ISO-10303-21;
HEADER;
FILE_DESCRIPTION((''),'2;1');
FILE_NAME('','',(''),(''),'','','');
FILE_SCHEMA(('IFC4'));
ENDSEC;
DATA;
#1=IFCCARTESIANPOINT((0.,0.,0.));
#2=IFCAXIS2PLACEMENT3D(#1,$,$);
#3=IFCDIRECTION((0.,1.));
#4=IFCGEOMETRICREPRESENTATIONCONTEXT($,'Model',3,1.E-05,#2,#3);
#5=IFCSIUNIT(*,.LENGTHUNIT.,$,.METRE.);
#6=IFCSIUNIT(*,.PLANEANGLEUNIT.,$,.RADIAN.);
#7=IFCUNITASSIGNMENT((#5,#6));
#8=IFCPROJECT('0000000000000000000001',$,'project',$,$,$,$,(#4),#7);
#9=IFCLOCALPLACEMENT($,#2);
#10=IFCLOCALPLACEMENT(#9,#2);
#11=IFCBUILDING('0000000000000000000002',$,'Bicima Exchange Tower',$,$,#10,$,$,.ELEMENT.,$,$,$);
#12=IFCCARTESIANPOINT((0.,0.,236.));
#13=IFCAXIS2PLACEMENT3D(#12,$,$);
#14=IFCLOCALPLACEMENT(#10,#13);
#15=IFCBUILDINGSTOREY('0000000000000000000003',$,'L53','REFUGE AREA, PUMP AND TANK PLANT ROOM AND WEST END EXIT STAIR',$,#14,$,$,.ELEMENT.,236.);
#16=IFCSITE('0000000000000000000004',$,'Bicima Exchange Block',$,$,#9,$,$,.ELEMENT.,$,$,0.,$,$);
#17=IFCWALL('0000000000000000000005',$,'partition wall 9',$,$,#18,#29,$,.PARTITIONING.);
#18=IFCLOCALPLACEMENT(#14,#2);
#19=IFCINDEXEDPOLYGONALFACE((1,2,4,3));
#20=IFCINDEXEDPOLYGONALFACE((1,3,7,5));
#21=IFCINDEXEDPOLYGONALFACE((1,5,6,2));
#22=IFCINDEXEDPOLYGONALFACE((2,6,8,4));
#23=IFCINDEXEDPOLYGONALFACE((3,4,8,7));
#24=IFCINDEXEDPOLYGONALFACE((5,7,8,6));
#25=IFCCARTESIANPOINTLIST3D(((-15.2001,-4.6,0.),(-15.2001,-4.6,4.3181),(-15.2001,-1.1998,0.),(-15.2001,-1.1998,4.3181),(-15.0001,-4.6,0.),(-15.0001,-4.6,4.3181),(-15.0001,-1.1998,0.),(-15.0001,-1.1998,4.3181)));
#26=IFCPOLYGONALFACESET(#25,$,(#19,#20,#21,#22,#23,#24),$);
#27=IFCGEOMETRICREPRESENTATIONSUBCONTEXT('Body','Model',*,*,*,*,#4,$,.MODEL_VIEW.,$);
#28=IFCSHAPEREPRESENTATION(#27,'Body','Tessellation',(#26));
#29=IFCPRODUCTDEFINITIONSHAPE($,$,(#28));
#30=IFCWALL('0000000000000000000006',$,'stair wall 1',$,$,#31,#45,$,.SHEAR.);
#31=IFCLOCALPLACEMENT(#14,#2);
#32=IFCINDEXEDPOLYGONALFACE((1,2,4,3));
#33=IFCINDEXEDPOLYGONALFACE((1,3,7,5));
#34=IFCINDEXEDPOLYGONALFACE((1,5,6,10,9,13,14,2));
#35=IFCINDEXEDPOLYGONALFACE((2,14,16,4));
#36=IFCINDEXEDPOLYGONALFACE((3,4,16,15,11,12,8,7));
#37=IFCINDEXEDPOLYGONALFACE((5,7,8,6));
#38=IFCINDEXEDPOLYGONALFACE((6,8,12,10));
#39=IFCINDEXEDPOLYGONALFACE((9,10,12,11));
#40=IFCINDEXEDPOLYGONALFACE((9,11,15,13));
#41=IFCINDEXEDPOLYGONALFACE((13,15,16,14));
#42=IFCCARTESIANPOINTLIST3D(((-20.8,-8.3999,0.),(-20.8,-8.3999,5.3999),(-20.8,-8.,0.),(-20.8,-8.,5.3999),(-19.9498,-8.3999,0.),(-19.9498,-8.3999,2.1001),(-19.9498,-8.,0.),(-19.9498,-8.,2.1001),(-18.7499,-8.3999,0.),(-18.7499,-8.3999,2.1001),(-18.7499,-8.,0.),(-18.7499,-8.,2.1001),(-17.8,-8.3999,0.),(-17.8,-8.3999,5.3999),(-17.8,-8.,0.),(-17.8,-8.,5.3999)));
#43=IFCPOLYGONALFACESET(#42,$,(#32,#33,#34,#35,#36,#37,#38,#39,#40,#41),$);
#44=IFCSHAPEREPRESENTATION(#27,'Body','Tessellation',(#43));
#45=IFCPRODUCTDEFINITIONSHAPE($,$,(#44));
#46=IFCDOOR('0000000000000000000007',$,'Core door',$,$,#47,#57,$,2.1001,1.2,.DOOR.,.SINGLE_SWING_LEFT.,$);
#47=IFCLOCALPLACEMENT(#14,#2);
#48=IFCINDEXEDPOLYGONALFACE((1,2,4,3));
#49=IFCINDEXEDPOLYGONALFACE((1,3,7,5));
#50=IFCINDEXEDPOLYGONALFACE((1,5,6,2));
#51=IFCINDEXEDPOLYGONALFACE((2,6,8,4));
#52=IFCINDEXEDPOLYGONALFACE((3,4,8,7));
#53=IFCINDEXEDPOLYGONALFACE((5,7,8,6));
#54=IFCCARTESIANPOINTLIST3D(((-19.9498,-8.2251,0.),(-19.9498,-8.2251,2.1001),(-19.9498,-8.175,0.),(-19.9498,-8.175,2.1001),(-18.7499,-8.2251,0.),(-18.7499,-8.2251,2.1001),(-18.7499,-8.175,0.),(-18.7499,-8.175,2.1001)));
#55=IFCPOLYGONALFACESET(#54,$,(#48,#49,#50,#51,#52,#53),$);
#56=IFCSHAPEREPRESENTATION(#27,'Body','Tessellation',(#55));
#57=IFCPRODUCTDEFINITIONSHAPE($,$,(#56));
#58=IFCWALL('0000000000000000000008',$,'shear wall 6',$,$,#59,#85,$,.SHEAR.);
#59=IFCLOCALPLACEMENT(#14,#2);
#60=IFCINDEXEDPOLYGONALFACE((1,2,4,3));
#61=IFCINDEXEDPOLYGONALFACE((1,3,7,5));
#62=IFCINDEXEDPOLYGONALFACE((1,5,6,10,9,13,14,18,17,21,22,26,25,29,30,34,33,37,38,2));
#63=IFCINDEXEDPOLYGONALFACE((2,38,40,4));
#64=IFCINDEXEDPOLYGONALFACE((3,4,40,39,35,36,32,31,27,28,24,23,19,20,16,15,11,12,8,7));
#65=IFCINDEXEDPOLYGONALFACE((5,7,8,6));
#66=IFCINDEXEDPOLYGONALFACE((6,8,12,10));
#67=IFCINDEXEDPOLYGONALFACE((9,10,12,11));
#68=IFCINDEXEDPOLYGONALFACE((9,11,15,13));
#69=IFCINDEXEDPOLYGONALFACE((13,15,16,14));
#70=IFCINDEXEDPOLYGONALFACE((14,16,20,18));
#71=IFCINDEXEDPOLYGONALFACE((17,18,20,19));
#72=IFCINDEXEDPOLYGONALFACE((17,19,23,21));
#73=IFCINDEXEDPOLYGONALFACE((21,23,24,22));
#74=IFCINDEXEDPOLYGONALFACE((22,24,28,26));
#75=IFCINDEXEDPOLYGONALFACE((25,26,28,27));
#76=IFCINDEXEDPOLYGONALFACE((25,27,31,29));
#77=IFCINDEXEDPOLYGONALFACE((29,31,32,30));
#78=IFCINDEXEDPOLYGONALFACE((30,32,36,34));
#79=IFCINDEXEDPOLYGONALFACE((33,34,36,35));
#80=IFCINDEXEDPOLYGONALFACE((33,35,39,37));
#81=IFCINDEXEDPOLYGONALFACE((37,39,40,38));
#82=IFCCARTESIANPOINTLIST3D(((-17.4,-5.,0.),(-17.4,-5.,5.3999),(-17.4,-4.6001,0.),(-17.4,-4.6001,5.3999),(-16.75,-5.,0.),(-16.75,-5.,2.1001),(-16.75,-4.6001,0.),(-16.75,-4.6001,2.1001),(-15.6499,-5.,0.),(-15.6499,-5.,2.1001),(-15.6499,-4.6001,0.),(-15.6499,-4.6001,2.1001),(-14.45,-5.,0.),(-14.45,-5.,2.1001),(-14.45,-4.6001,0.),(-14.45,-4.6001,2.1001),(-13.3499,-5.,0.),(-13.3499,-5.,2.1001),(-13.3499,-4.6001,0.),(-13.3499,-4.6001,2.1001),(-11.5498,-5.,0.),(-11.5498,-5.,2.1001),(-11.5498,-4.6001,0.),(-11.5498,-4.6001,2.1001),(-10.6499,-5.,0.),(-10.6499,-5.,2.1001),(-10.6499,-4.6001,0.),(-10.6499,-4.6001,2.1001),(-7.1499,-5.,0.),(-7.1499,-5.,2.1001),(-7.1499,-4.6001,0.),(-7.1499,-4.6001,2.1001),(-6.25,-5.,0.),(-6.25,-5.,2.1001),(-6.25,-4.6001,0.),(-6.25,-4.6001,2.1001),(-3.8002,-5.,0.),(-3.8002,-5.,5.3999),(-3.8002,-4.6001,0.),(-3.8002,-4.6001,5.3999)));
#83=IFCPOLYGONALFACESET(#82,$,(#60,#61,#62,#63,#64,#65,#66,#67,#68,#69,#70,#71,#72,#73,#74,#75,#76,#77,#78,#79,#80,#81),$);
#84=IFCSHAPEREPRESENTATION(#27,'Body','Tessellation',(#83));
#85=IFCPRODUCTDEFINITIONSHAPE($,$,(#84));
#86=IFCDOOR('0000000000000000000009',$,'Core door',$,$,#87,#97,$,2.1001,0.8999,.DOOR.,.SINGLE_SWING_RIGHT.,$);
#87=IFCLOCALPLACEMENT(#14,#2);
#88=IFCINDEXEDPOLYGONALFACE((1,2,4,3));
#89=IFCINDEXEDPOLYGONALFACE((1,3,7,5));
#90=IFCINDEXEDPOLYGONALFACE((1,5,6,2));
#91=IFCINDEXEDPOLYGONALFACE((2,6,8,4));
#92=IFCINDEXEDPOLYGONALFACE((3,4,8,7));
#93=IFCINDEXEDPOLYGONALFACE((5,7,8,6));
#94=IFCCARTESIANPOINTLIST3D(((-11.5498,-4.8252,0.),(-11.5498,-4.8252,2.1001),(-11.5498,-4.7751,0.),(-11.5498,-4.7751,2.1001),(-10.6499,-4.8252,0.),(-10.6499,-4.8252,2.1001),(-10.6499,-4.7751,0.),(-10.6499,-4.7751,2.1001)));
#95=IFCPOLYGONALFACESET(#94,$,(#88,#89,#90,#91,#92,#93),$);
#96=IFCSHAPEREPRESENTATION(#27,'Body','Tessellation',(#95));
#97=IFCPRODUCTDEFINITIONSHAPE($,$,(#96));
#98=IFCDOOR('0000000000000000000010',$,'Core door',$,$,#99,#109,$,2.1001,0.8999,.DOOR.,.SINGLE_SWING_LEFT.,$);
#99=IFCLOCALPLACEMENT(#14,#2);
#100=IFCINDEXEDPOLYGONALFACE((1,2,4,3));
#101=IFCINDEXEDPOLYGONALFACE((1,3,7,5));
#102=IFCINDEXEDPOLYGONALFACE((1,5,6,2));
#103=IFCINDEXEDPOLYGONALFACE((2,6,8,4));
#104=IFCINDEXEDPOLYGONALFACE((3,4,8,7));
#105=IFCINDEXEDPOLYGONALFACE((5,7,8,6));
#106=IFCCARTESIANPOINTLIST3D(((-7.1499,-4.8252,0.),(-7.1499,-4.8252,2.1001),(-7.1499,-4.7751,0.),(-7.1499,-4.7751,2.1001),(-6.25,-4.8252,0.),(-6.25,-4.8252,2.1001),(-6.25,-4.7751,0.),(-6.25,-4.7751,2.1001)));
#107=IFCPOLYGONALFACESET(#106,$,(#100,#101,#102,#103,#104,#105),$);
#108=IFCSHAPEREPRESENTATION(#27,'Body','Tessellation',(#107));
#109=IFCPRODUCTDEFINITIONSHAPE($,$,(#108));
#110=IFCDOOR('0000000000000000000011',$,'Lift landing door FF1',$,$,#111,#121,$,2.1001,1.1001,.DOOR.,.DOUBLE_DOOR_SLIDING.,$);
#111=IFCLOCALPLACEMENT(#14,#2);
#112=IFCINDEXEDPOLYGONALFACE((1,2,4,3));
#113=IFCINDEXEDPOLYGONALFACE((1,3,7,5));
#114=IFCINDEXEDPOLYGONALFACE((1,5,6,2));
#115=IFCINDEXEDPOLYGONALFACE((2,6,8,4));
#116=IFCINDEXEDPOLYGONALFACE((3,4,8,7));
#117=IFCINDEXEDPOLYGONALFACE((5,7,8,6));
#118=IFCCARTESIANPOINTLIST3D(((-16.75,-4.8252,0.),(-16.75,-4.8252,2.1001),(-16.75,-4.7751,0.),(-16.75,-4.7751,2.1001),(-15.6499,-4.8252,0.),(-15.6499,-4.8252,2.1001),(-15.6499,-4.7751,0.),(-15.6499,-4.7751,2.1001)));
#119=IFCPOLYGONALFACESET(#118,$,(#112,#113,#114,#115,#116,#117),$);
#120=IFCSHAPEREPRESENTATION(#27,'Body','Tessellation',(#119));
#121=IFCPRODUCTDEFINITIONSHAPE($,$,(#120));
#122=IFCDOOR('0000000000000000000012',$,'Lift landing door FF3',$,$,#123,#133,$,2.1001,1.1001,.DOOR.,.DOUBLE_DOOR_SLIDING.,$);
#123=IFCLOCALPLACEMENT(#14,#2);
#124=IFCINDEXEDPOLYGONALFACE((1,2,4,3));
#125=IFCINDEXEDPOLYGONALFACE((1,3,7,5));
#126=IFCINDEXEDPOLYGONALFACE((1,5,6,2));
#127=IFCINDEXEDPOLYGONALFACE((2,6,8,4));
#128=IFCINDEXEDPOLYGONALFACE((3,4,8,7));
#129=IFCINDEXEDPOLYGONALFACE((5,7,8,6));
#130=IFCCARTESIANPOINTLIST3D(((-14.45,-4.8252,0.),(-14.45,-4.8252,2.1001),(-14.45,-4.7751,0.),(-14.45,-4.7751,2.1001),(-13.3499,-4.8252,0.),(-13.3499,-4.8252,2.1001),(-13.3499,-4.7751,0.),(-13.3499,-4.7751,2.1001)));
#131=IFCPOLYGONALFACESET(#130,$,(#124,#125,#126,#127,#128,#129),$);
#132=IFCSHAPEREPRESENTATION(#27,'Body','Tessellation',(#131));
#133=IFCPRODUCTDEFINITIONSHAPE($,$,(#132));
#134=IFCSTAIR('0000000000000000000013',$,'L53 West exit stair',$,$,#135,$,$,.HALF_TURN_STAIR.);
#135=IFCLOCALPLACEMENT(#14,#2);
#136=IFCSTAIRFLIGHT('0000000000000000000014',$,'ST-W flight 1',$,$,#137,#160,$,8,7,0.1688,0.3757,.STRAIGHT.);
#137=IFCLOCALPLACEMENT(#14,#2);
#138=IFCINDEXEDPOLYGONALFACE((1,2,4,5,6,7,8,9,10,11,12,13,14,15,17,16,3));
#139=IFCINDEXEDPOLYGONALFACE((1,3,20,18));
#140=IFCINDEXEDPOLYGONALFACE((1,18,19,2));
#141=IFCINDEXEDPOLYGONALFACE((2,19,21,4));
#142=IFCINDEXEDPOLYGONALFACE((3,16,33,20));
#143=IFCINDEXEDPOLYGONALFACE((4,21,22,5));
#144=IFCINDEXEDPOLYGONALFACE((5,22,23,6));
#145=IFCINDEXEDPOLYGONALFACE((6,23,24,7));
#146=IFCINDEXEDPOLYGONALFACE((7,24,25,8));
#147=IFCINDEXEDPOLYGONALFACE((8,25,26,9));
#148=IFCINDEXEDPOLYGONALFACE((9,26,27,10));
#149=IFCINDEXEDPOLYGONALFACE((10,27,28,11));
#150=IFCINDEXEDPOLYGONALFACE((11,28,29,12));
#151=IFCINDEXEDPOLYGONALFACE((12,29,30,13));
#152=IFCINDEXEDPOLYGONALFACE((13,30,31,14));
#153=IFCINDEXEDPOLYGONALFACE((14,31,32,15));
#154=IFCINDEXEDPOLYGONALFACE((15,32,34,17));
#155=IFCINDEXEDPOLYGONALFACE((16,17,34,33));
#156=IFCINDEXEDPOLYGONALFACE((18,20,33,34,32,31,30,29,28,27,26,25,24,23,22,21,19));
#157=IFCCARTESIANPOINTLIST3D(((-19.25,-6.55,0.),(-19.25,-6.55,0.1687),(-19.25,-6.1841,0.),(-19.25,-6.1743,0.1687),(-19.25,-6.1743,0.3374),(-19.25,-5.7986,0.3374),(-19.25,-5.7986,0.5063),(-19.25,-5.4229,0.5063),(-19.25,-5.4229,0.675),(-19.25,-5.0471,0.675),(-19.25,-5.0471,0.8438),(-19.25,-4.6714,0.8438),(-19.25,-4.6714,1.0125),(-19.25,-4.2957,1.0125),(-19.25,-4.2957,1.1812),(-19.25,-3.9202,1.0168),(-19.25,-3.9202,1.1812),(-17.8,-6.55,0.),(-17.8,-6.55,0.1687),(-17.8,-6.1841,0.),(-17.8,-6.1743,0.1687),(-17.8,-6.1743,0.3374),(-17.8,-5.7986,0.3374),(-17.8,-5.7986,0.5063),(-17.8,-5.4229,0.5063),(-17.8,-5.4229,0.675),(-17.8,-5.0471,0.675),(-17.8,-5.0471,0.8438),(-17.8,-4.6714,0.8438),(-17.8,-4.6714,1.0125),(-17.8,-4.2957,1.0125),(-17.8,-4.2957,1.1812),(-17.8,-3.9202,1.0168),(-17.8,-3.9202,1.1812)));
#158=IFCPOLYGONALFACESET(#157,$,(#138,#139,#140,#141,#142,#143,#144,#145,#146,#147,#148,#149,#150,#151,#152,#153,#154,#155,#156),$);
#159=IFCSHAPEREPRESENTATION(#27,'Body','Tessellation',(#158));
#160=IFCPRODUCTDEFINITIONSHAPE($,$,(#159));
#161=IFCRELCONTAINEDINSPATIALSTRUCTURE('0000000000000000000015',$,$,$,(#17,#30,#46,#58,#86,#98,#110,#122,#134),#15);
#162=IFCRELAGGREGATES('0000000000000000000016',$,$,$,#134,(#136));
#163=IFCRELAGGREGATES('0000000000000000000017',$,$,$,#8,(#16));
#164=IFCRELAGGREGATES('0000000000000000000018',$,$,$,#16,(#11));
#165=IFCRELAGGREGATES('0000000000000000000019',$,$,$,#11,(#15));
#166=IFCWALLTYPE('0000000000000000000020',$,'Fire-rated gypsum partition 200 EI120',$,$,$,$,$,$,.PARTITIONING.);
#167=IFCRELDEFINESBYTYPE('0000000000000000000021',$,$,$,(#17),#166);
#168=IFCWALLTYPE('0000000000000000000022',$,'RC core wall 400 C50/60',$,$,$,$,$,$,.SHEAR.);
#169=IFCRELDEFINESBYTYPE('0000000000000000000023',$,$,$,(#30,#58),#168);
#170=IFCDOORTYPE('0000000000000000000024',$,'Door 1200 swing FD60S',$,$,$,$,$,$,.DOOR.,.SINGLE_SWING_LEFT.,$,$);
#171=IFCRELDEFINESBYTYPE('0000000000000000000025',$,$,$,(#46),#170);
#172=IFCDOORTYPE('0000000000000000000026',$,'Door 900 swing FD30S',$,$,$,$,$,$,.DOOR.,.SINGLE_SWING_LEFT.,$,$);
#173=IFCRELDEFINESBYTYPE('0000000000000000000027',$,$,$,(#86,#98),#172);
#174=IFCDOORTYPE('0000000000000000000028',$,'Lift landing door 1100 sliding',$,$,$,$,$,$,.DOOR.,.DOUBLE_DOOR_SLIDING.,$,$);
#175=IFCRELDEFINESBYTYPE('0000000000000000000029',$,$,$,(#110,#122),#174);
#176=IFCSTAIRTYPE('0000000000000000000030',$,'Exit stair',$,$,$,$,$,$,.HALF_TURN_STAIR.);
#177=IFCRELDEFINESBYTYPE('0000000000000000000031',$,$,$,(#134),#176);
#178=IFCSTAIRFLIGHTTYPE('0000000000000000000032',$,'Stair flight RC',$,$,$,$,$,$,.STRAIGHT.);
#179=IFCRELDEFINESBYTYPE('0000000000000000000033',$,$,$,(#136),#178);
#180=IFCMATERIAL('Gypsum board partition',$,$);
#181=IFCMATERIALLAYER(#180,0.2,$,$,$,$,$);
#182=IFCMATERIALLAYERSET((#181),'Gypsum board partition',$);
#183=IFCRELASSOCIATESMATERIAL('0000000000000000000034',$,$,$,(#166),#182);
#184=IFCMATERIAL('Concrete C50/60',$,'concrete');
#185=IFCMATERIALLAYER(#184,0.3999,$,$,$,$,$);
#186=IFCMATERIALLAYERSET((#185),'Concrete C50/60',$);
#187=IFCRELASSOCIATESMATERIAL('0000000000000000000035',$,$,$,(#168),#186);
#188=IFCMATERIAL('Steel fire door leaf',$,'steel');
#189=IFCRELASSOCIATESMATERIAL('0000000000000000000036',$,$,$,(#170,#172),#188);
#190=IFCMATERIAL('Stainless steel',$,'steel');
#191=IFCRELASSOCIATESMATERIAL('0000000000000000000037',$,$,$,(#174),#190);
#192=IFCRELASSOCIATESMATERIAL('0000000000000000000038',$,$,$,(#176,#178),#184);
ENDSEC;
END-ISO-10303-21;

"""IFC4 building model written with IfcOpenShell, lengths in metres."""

from ifc_helpers import new_model, si_unit, direction, frame, frame_2d, origin, place, context, subcontext, project, spatial, polyline, rectangle, outline, extrude, material, layer, layer_set, type_object, element, fill, aggregate, save


model = new_model("IFC4")

# Units and contexts
model_context = context("Model", 3, precision=1e-05, world=origin(), true_north=direction((0.0, 1.0)))
body_context = subcontext(model_context, "Body", "Model", "MODEL_VIEW")
ifc_project = project(units=[si_unit("LENGTHUNIT", "METRE"), si_unit("PLANEANGLEUNIT", "RADIAN")], contexts=[model_context])

# Site, building, storey
site_placement = place(None, origin())
site = spatial("IfcSite", under=ifc_project, at=site_placement, Name="Bicima Exchange Block", CompositionType="ELEMENT", RefElevation=0.0)
building_placement = place(site_placement, origin())
building = spatial("IfcBuilding", under=site, at=building_placement, Name="Bicima Exchange Tower", CompositionType="ELEMENT")
storey_placement = place(building_placement, frame((0.0, 0.0, 236.0)))
storey = spatial("IfcBuildingStorey", under=building, at=storey_placement, Name="L53", Description="REFUGE AREA, PUMP AND TANK PLANT ROOM AND WEST END EXIT STAIR", CompositionType="ELEMENT", Elevation=236.0)

# Wall
ifc_material_1 = material(Name="Gypsum board partition")
ifc_layer_1 = layer(ifc_material_1, 0.2)
ifc_layer_set_1 = layer_set([ifc_layer_1], Name="Gypsum board partition")
wall_type_1 = type_object("IfcWallType", Name="Fire-rated gypsum partition 200 EI120", PredefinedType="PARTITIONING", material=ifc_layer_set_1)
wall_1_placement = place(storey_placement, frame((-15.1001, -4.6001, 0.0), z_axis=(0.0, 0.0, 1.0), x_axis=(0.0, 1.0, 0.0)))
element("IfcWall", 1, at=wall_1_placement, inside=storey, type_object=wall_type_1, Name="partition wall 9", PredefinedType="PARTITIONING", context=body_context, shape_type="SweptSolid", body=[
    extrude(rectangle(XDim=3.4001, YDim=0.2, at=frame_2d((1.7002, 0.0))), origin(), (0.0, 0.0, 1.0), 4.3181),
])

# Wall, opening, door
ifc_material_2 = material(Name="Concrete C50/60", Category="concrete")
ifc_layer_2 = layer(ifc_material_2, 0.3999)
ifc_layer_set_2 = layer_set([ifc_layer_2], Name="Concrete C50/60")
wall_type_2 = type_object("IfcWallType", Name="RC core wall 400 C50/60", PredefinedType="SHEAR", material=ifc_layer_set_2)
wall_2_placement = place(storey_placement, frame((-20.8, -8.2, 0.0), z_axis=(0.0, 0.0, 1.0), x_axis=(1.0, 0.0, 0.0)))
wall_2 = element("IfcWall", 2, at=wall_2_placement, inside=storey, type_object=wall_type_2, Name="stair wall 1", PredefinedType="SHEAR", context=body_context, shape_type="SweptSolid", body=[
    extrude(rectangle(XDim=3.0, YDim=0.3999, at=frame_2d((1.5, 0.0))), origin(), (0.0, 0.0, 1.0), 5.3999),
])
opening_1_placement = place(wall_2_placement, frame((0.8501, 0.0, 0.0)))
opening_1 = element("IfcOpeningElement", 3, at=opening_1_placement, cuts=wall_2, PredefinedType="OPENING", context=body_context, shape_type="SweptSolid", body=[
    extrude(rectangle(XDim=1.2, YDim=2.1001, at=frame_2d((0.6001, 1.05))), frame((0.0, 0.2119, 0.0), z_axis=(0.0, -1.0, 0.0), x_axis=(1.0, 0.0, 0.0)), (0.0, 0.0, 1.0), 0.4238),
])
ifc_material_3 = material(Name="Steel fire door leaf", Category="steel")
door_type_1 = type_object("IfcDoorType", Name="Door 1200 swing FD60S", OperationType="SINGLE_SWING_LEFT", PredefinedType="DOOR", material=ifc_material_3)
door_1_placement = place(opening_1_placement, origin())
door_1 = element("IfcDoor", 4, at=door_1_placement, inside=storey, type_object=door_type_1, Name="Core door", OperationType="SINGLE_SWING_LEFT", OverallHeight=2.1001, OverallWidth=1.2, PredefinedType="DOOR", context=body_context, shape_type="SweptSolid", body=[
    extrude(rectangle(XDim=1.2, YDim=2.1001, at=frame_2d((0.6001, 1.05))), frame((0.0, 0.0249, 0.0), z_axis=(0.0, -1.0, 0.0), x_axis=(1.0, 0.0, 0.0)), (0.0, 0.0, 1.0), 0.05),
])
fill(opening_1, door_1)

# Wall, openings, doors
wall_3_placement = place(storey_placement, frame((-17.3999, -4.8, 0.0), z_axis=(0.0, 0.0, 1.0), x_axis=(1.0, 0.0, 0.0)))
wall_3 = element("IfcWall", 5, at=wall_3_placement, inside=storey, type_object=wall_type_2, Name="shear wall 6", PredefinedType="SHEAR", context=body_context, shape_type="SweptSolid", body=[
    extrude(rectangle(XDim=13.5999, YDim=0.3999, at=frame_2d((6.7998, 0.0))), origin(), (0.0, 0.0, 1.0), 5.3999),
])
opening_2_placement = place(wall_3_placement, frame((0.6499, 0.0, 0.0)))
opening_2 = element("IfcOpeningElement", 6, at=opening_2_placement, cuts=wall_3, PredefinedType="OPENING", context=body_context, shape_type="SweptSolid", body=[
    extrude(rectangle(XDim=1.1001, YDim=2.1001, at=frame_2d((0.55, 1.05))), frame((0.0, 0.2119, 0.0), z_axis=(0.0, -1.0, 0.0), x_axis=(1.0, 0.0, 0.0)), (0.0, 0.0, 1.0), 0.4238),
])
opening_3_placement = place(wall_3_placement, frame((2.95, 0.0, 0.0)))
opening_3 = element("IfcOpeningElement", 7, at=opening_3_placement, cuts=wall_3, PredefinedType="OPENING", context=body_context, shape_type="SweptSolid", body=[
    extrude(rectangle(XDim=1.1001, YDim=2.1001, at=frame_2d((0.55, 1.05))), frame((0.0, 0.2119, 0.0), z_axis=(0.0, -1.0, 0.0), x_axis=(1.0, 0.0, 0.0)), (0.0, 0.0, 1.0), 0.4238),
])
opening_4_placement = place(wall_3_placement, frame((5.8501, 0.0, 0.0)))
opening_4 = element("IfcOpeningElement", 8, at=opening_4_placement, cuts=wall_3, PredefinedType="OPENING", context=body_context, shape_type="SweptSolid", body=[
    extrude(rectangle(XDim=0.8999, YDim=2.1001, at=frame_2d((0.45, 1.05))), frame((0.0, 0.2119, 0.0), z_axis=(0.0, -1.0, 0.0), x_axis=(1.0, 0.0, 0.0)), (0.0, 0.0, 1.0), 0.4238),
])
opening_5_placement = place(wall_3_placement, frame((10.25, 0.0, 0.0)))
opening_5 = element("IfcOpeningElement", 9, at=opening_5_placement, cuts=wall_3, PredefinedType="OPENING", context=body_context, shape_type="SweptSolid", body=[
    extrude(rectangle(XDim=0.8999, YDim=2.1001, at=frame_2d((0.45, 1.05))), frame((0.0, 0.2119, 0.0), z_axis=(0.0, -1.0, 0.0), x_axis=(1.0, 0.0, 0.0)), (0.0, 0.0, 1.0), 0.4238),
])
door_type_2 = type_object("IfcDoorType", Name="Door 900 swing FD30S", OperationType="SINGLE_SWING_LEFT", PredefinedType="DOOR", material=ifc_material_3)
door_2_placement = place(opening_4_placement, origin())
door_2 = element("IfcDoor", 10, at=door_2_placement, inside=storey, type_object=door_type_2, Name="Core door", OperationType="SINGLE_SWING_RIGHT", OverallHeight=2.1001, OverallWidth=0.8999, PredefinedType="DOOR", context=body_context, shape_type="SweptSolid", body=[
    extrude(rectangle(XDim=0.8999, YDim=2.1001, at=frame_2d((0.45, 1.05))), frame((0.0, 0.0249, 0.0), z_axis=(0.0, -1.0, 0.0), x_axis=(1.0, 0.0, 0.0)), (0.0, 0.0, 1.0), 0.05),
])
fill(opening_4, door_2)
door_3_placement = place(opening_5_placement, origin())
door_3 = element("IfcDoor", 11, at=door_3_placement, inside=storey, type_object=door_type_2, Name="Core door", OperationType="SINGLE_SWING_LEFT", OverallHeight=2.1001, OverallWidth=0.8999, PredefinedType="DOOR", context=body_context, shape_type="SweptSolid", body=[
    extrude(rectangle(XDim=0.8999, YDim=2.1001, at=frame_2d((0.45, 1.05))), frame((0.0, 0.0249, 0.0), z_axis=(0.0, -1.0, 0.0), x_axis=(1.0, 0.0, 0.0)), (0.0, 0.0, 1.0), 0.05),
])
fill(opening_5, door_3)
ifc_material_4 = material(Name="Stainless steel", Category="steel")
door_type_3 = type_object("IfcDoorType", Name="Lift landing door 1100 sliding", OperationType="DOUBLE_DOOR_SLIDING", PredefinedType="DOOR", material=ifc_material_4)
door_4_placement = place(opening_2_placement, origin())
door_4 = element("IfcDoor", 12, at=door_4_placement, inside=storey, type_object=door_type_3, Name="Lift landing door FF1", OperationType="DOUBLE_DOOR_SLIDING", OverallHeight=2.1001, OverallWidth=1.1001, PredefinedType="DOOR", context=body_context, shape_type="SweptSolid", body=[
    extrude(rectangle(XDim=1.1001, YDim=2.1001, at=frame_2d((0.55, 1.05))), frame((0.0, 0.0249, 0.0), z_axis=(0.0, -1.0, 0.0), x_axis=(1.0, 0.0, 0.0)), (0.0, 0.0, 1.0), 0.05),
])
fill(opening_2, door_4)
door_5_placement = place(opening_3_placement, origin())
door_5 = element("IfcDoor", 13, at=door_5_placement, inside=storey, type_object=door_type_3, Name="Lift landing door FF3", OperationType="DOUBLE_DOOR_SLIDING", OverallHeight=2.1001, OverallWidth=1.1001, PredefinedType="DOOR", context=body_context, shape_type="SweptSolid", body=[
    extrude(rectangle(XDim=1.1001, YDim=2.1001, at=frame_2d((0.55, 1.05))), frame((0.0, 0.0249, 0.0), z_axis=(0.0, -1.0, 0.0), x_axis=(1.0, 0.0, 0.0)), (0.0, 0.0, 1.0), 0.05),
])
fill(opening_3, door_5)

# Stair, stair flight
stair_type = type_object("IfcStairType", Name="Exit stair", PredefinedType="HALF_TURN_STAIR", material=ifc_material_2)
stair_placement = place(storey_placement, origin())
stair = element("IfcStair", 14, at=stair_placement, inside=storey, type_object=stair_type, Name="L53 West exit stair", PredefinedType="HALF_TURN_STAIR")
stair_flight_type = type_object("IfcStairFlightType", Name="Stair flight RC", PredefinedType="STRAIGHT", material=ifc_material_2)
stair_flight_1_placement = place(storey_placement, frame((-18.5249, -6.55, 0.0), z_axis=(0.0, 0.0, 1.0), x_axis=(0.0, 1.0, 0.0)))
stair_flight_1 = element("IfcStairFlight", 15, at=stair_flight_1_placement, type_object=stair_flight_type, Name="ST-W flight 1", NumberOfRisers=8, NumberOfTreads=7, PredefinedType="STRAIGHT", RiserHeight=0.1688, TreadLength=0.3757, context=body_context, shape_type="SweptSolid", body=[
    extrude(outline(polyline([(0.0, 0.0), (0.0, 0.1687), (0.3757, 0.1687), (0.3757, 0.3374), (0.7515, 0.3374), (0.7515, 0.5063), (1.1272, 0.5063), (1.1272, 0.675), (1.5029, 0.675), (1.5029, 0.8438), (1.8787, 0.8438), (1.8787, 1.0125), (2.2544, 1.0125), (2.2544, 1.1812), (2.6299, 1.1812), (2.6299, 1.3501), (2.6299, 1.0168), (0.366, 0.0), (0.0, 0.0)])), frame((0.0, 0.7251, 0.0), z_axis=(0.0, -1.0, 0.0), x_axis=(1.0, 0.0, 0.0)), (0.0, 0.0, 1.0), 1.45),
])
aggregate(stair, [stair_flight_1])

save(model, "model.ifc")
